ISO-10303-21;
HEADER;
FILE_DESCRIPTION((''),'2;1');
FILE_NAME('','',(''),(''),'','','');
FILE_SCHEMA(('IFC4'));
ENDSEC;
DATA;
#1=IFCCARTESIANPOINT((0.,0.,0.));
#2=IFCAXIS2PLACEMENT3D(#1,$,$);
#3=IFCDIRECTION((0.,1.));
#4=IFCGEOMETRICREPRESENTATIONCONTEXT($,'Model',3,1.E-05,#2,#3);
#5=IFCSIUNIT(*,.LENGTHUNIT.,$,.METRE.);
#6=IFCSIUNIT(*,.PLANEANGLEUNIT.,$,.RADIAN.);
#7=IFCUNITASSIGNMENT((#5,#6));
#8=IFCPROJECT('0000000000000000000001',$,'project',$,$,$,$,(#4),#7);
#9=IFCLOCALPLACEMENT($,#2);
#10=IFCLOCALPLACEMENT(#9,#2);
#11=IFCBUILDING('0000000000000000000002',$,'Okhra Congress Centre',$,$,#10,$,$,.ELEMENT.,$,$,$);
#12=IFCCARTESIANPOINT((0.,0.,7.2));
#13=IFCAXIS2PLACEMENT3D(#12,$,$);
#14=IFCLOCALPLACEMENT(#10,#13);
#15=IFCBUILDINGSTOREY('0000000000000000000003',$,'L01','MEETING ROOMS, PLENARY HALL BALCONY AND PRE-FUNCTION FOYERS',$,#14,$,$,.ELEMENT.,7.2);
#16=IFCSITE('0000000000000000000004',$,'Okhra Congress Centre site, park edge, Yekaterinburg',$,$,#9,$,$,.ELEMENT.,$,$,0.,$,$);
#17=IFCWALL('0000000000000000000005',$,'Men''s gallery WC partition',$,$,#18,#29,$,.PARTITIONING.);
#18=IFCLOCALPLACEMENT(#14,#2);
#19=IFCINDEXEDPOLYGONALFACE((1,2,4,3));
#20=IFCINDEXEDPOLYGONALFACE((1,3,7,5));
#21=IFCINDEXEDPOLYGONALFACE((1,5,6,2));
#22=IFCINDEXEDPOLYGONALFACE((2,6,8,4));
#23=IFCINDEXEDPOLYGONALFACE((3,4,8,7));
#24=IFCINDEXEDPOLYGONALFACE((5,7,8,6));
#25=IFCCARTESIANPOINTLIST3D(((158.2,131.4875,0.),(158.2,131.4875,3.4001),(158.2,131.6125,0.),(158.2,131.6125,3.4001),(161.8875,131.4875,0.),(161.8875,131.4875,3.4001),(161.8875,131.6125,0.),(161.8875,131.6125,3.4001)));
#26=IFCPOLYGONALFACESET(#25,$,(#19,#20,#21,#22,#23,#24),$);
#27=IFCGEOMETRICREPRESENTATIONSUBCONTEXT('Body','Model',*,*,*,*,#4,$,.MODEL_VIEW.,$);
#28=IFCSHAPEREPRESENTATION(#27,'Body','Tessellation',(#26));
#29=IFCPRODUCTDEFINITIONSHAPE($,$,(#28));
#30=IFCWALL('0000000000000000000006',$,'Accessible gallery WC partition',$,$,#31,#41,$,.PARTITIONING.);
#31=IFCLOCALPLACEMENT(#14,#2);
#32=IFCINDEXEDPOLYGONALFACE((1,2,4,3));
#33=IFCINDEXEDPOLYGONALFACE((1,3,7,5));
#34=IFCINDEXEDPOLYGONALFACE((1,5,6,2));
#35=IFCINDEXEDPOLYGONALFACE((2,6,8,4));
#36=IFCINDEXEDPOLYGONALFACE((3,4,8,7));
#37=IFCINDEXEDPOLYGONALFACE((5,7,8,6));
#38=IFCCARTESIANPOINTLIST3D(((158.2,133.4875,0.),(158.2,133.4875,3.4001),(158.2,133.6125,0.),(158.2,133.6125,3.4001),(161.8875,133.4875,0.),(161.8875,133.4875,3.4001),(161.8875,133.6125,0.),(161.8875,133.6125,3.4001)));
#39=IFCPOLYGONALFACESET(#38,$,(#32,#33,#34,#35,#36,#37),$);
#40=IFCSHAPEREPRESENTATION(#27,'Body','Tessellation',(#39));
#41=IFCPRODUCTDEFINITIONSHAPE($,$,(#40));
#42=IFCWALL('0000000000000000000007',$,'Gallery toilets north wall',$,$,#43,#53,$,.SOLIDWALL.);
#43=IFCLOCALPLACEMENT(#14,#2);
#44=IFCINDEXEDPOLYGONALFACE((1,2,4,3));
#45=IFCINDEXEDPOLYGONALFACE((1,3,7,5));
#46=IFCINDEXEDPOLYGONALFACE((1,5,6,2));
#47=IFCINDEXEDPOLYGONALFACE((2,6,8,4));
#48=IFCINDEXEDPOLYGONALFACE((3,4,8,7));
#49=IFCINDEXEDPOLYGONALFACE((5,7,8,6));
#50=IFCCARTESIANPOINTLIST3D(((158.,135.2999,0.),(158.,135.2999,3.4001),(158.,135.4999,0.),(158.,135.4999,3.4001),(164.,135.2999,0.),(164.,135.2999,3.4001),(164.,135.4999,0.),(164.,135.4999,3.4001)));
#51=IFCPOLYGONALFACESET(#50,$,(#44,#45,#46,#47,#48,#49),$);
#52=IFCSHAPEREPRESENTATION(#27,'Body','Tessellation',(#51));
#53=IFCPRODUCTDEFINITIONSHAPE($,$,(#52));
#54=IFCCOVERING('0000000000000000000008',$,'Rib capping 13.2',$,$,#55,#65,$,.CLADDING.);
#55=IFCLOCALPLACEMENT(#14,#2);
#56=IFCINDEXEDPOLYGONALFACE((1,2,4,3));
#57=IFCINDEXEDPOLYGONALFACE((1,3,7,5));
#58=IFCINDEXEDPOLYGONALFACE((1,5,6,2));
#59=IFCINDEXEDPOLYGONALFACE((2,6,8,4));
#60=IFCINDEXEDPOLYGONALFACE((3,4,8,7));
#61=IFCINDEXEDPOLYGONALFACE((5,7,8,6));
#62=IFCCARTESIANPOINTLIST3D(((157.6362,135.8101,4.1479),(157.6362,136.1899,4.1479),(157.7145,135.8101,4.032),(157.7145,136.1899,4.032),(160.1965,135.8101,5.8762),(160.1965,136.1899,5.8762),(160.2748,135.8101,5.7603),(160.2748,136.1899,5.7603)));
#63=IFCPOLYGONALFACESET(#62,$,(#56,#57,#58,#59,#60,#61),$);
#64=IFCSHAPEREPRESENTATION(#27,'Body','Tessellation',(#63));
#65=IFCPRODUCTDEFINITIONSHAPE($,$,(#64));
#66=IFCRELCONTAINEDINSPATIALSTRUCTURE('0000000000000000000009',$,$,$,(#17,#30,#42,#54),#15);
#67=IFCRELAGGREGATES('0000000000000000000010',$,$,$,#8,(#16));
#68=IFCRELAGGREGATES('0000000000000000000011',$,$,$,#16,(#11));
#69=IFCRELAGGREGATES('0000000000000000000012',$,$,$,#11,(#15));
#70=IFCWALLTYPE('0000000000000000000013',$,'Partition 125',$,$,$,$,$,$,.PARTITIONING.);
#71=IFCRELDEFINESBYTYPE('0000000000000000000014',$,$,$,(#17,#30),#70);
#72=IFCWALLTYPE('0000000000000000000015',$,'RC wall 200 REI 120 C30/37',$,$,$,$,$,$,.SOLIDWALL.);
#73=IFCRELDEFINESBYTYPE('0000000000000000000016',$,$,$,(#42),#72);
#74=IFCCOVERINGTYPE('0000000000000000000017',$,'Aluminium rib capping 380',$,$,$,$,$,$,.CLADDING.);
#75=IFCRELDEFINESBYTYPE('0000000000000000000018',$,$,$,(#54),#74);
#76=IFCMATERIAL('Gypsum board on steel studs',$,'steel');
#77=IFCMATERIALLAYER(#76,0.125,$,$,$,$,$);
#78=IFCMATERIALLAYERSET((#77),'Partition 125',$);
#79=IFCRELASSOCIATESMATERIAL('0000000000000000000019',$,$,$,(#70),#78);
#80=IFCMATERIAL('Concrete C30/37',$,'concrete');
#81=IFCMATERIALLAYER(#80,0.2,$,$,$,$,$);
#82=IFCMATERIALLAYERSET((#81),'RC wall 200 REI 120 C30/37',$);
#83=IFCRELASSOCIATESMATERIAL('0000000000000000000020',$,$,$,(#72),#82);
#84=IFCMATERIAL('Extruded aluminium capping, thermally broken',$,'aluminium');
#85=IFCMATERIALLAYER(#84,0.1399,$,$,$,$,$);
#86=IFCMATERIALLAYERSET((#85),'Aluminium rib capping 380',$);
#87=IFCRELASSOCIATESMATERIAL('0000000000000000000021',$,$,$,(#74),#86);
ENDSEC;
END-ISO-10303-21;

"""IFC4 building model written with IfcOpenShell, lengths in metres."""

from ifc_helpers import new_model, si_unit, direction, frame, frame_2d, origin, place, context, subcontext, project, spatial, polyline, rectangle, outline, extrude, material, layer, layer_set, type_object, element, save


model = new_model("IFC4")

# Units and contexts
model_context = context("Model", 3, precision=1e-05, world=origin(), true_north=direction((0.0, 1.0)))
body_context = subcontext(model_context, "Body", "Model", "MODEL_VIEW")
ifc_project = project(units=[si_unit("LENGTHUNIT", "METRE"), si_unit("PLANEANGLEUNIT", "RADIAN")], contexts=[model_context])

# Site, building, storey
site_placement = place(None, origin())
site = spatial("IfcSite", under=ifc_project, at=site_placement, Name="Okhra Congress Centre site, park edge, Yekaterinburg", CompositionType="ELEMENT", RefElevation=0.0)
building_placement = place(site_placement, origin())
building = spatial("IfcBuilding", under=site, at=building_placement, Name="Okhra Congress Centre", CompositionType="ELEMENT")
storey_placement = place(building_placement, frame((0.0, 0.0, 7.2)))
storey = spatial("IfcBuildingStorey", under=building, at=storey_placement, Name="L01", Description="MEETING ROOMS, PLENARY HALL BALCONY AND PRE-FUNCTION FOYERS", CompositionType="ELEMENT", Elevation=7.2)

# Walls
ifc_material_1 = material(Name="Gypsum board on steel studs", Category="steel")
ifc_layer_1 = layer(ifc_material_1, 0.125)
ifc_layer_set_1 = layer_set([ifc_layer_1], Name="Partition 125")
wall_type_1 = type_object("IfcWallType", Name="Partition 125", PredefinedType="PARTITIONING", material=ifc_layer_set_1)
for number, where, z_axis, x_axis, name in (
    (1, (158.2, 131.55, 0.0), (0.0, 0.0, 1.0), (1.0, 0.0, 0.0), "Men's gallery WC partition"),
    (2, (158.2, 133.55, 0.0), (0.0, 0.0, 1.0), (1.0, 0.0, 0.0), "Accessible gallery WC partition"),
):
    element("IfcWall", number, at=place(storey_placement, frame(where, z_axis=z_axis, x_axis=x_axis)), inside=storey, type_object=wall_type_1, Name=name, PredefinedType="PARTITIONING", context=body_context, shape_type="SweptSolid", body=[
        extrude(rectangle(XDim=3.6875, YDim=0.125, at=frame_2d((1.8438, 0.0))), origin(), (0.0, 0.0, 1.0), 3.4001),
    ])
ifc_material_2 = material(Name="Concrete C30/37", Category="concrete")
ifc_layer_2 = layer(ifc_material_2, 0.2)
ifc_layer_set_2 = layer_set([ifc_layer_2], Name="RC wall 200 REI 120 C30/37")
wall_type_2 = type_object("IfcWallType", Name="RC wall 200 REI 120 C30/37", PredefinedType="SOLIDWALL", material=ifc_layer_set_2)
wall_placement = place(storey_placement, frame((158.0, 135.3999, 0.0), z_axis=(0.0, 0.0, 1.0), x_axis=(1.0, 0.0, 0.0)))
element("IfcWall", 3, at=wall_placement, inside=storey, type_object=wall_type_2, Name="Gallery toilets north wall", PredefinedType="SOLIDWALL", context=body_context, shape_type="SweptSolid", body=[
    extrude(rectangle(XDim=6.0, YDim=0.2, at=frame_2d((3.0, 0.0))), origin(), (0.0, 0.0, 1.0), 3.4001),
])

# Covering
ifc_material_3 = material(Name="Extruded aluminium capping, thermally broken", Category="aluminium")
ifc_layer_3 = layer(ifc_material_3, 0.1399)
ifc_layer_set_3 = layer_set([ifc_layer_3], Name="Aluminium rib capping 380")
covering_type = type_object("IfcCoveringType", Name="Aluminium rib capping 380", PredefinedType="CLADDING", material=ifc_layer_set_3)
covering_placement = place(storey_placement, frame((157.6362, 135.8101, 4.1479), z_axis=(-0.559488, 0.0, 0.828839), x_axis=(0.828839, 0.0, 0.559488)))
element("IfcCovering", 4, at=covering_placement, inside=storey, type_object=covering_type, Name="Rib capping 13.2", PredefinedType="CLADDING", context=body_context, shape_type="SweptSolid", body=[
    extrude(outline(polyline([(0.0, 0.0), (3.089, 0.0), (3.089, 0.3799), (0.0, 0.3799), (0.0, 0.0)])), origin(), (0.0, 0.0, -1.0), 0.1399),
])

save(model, "model.ifc")
